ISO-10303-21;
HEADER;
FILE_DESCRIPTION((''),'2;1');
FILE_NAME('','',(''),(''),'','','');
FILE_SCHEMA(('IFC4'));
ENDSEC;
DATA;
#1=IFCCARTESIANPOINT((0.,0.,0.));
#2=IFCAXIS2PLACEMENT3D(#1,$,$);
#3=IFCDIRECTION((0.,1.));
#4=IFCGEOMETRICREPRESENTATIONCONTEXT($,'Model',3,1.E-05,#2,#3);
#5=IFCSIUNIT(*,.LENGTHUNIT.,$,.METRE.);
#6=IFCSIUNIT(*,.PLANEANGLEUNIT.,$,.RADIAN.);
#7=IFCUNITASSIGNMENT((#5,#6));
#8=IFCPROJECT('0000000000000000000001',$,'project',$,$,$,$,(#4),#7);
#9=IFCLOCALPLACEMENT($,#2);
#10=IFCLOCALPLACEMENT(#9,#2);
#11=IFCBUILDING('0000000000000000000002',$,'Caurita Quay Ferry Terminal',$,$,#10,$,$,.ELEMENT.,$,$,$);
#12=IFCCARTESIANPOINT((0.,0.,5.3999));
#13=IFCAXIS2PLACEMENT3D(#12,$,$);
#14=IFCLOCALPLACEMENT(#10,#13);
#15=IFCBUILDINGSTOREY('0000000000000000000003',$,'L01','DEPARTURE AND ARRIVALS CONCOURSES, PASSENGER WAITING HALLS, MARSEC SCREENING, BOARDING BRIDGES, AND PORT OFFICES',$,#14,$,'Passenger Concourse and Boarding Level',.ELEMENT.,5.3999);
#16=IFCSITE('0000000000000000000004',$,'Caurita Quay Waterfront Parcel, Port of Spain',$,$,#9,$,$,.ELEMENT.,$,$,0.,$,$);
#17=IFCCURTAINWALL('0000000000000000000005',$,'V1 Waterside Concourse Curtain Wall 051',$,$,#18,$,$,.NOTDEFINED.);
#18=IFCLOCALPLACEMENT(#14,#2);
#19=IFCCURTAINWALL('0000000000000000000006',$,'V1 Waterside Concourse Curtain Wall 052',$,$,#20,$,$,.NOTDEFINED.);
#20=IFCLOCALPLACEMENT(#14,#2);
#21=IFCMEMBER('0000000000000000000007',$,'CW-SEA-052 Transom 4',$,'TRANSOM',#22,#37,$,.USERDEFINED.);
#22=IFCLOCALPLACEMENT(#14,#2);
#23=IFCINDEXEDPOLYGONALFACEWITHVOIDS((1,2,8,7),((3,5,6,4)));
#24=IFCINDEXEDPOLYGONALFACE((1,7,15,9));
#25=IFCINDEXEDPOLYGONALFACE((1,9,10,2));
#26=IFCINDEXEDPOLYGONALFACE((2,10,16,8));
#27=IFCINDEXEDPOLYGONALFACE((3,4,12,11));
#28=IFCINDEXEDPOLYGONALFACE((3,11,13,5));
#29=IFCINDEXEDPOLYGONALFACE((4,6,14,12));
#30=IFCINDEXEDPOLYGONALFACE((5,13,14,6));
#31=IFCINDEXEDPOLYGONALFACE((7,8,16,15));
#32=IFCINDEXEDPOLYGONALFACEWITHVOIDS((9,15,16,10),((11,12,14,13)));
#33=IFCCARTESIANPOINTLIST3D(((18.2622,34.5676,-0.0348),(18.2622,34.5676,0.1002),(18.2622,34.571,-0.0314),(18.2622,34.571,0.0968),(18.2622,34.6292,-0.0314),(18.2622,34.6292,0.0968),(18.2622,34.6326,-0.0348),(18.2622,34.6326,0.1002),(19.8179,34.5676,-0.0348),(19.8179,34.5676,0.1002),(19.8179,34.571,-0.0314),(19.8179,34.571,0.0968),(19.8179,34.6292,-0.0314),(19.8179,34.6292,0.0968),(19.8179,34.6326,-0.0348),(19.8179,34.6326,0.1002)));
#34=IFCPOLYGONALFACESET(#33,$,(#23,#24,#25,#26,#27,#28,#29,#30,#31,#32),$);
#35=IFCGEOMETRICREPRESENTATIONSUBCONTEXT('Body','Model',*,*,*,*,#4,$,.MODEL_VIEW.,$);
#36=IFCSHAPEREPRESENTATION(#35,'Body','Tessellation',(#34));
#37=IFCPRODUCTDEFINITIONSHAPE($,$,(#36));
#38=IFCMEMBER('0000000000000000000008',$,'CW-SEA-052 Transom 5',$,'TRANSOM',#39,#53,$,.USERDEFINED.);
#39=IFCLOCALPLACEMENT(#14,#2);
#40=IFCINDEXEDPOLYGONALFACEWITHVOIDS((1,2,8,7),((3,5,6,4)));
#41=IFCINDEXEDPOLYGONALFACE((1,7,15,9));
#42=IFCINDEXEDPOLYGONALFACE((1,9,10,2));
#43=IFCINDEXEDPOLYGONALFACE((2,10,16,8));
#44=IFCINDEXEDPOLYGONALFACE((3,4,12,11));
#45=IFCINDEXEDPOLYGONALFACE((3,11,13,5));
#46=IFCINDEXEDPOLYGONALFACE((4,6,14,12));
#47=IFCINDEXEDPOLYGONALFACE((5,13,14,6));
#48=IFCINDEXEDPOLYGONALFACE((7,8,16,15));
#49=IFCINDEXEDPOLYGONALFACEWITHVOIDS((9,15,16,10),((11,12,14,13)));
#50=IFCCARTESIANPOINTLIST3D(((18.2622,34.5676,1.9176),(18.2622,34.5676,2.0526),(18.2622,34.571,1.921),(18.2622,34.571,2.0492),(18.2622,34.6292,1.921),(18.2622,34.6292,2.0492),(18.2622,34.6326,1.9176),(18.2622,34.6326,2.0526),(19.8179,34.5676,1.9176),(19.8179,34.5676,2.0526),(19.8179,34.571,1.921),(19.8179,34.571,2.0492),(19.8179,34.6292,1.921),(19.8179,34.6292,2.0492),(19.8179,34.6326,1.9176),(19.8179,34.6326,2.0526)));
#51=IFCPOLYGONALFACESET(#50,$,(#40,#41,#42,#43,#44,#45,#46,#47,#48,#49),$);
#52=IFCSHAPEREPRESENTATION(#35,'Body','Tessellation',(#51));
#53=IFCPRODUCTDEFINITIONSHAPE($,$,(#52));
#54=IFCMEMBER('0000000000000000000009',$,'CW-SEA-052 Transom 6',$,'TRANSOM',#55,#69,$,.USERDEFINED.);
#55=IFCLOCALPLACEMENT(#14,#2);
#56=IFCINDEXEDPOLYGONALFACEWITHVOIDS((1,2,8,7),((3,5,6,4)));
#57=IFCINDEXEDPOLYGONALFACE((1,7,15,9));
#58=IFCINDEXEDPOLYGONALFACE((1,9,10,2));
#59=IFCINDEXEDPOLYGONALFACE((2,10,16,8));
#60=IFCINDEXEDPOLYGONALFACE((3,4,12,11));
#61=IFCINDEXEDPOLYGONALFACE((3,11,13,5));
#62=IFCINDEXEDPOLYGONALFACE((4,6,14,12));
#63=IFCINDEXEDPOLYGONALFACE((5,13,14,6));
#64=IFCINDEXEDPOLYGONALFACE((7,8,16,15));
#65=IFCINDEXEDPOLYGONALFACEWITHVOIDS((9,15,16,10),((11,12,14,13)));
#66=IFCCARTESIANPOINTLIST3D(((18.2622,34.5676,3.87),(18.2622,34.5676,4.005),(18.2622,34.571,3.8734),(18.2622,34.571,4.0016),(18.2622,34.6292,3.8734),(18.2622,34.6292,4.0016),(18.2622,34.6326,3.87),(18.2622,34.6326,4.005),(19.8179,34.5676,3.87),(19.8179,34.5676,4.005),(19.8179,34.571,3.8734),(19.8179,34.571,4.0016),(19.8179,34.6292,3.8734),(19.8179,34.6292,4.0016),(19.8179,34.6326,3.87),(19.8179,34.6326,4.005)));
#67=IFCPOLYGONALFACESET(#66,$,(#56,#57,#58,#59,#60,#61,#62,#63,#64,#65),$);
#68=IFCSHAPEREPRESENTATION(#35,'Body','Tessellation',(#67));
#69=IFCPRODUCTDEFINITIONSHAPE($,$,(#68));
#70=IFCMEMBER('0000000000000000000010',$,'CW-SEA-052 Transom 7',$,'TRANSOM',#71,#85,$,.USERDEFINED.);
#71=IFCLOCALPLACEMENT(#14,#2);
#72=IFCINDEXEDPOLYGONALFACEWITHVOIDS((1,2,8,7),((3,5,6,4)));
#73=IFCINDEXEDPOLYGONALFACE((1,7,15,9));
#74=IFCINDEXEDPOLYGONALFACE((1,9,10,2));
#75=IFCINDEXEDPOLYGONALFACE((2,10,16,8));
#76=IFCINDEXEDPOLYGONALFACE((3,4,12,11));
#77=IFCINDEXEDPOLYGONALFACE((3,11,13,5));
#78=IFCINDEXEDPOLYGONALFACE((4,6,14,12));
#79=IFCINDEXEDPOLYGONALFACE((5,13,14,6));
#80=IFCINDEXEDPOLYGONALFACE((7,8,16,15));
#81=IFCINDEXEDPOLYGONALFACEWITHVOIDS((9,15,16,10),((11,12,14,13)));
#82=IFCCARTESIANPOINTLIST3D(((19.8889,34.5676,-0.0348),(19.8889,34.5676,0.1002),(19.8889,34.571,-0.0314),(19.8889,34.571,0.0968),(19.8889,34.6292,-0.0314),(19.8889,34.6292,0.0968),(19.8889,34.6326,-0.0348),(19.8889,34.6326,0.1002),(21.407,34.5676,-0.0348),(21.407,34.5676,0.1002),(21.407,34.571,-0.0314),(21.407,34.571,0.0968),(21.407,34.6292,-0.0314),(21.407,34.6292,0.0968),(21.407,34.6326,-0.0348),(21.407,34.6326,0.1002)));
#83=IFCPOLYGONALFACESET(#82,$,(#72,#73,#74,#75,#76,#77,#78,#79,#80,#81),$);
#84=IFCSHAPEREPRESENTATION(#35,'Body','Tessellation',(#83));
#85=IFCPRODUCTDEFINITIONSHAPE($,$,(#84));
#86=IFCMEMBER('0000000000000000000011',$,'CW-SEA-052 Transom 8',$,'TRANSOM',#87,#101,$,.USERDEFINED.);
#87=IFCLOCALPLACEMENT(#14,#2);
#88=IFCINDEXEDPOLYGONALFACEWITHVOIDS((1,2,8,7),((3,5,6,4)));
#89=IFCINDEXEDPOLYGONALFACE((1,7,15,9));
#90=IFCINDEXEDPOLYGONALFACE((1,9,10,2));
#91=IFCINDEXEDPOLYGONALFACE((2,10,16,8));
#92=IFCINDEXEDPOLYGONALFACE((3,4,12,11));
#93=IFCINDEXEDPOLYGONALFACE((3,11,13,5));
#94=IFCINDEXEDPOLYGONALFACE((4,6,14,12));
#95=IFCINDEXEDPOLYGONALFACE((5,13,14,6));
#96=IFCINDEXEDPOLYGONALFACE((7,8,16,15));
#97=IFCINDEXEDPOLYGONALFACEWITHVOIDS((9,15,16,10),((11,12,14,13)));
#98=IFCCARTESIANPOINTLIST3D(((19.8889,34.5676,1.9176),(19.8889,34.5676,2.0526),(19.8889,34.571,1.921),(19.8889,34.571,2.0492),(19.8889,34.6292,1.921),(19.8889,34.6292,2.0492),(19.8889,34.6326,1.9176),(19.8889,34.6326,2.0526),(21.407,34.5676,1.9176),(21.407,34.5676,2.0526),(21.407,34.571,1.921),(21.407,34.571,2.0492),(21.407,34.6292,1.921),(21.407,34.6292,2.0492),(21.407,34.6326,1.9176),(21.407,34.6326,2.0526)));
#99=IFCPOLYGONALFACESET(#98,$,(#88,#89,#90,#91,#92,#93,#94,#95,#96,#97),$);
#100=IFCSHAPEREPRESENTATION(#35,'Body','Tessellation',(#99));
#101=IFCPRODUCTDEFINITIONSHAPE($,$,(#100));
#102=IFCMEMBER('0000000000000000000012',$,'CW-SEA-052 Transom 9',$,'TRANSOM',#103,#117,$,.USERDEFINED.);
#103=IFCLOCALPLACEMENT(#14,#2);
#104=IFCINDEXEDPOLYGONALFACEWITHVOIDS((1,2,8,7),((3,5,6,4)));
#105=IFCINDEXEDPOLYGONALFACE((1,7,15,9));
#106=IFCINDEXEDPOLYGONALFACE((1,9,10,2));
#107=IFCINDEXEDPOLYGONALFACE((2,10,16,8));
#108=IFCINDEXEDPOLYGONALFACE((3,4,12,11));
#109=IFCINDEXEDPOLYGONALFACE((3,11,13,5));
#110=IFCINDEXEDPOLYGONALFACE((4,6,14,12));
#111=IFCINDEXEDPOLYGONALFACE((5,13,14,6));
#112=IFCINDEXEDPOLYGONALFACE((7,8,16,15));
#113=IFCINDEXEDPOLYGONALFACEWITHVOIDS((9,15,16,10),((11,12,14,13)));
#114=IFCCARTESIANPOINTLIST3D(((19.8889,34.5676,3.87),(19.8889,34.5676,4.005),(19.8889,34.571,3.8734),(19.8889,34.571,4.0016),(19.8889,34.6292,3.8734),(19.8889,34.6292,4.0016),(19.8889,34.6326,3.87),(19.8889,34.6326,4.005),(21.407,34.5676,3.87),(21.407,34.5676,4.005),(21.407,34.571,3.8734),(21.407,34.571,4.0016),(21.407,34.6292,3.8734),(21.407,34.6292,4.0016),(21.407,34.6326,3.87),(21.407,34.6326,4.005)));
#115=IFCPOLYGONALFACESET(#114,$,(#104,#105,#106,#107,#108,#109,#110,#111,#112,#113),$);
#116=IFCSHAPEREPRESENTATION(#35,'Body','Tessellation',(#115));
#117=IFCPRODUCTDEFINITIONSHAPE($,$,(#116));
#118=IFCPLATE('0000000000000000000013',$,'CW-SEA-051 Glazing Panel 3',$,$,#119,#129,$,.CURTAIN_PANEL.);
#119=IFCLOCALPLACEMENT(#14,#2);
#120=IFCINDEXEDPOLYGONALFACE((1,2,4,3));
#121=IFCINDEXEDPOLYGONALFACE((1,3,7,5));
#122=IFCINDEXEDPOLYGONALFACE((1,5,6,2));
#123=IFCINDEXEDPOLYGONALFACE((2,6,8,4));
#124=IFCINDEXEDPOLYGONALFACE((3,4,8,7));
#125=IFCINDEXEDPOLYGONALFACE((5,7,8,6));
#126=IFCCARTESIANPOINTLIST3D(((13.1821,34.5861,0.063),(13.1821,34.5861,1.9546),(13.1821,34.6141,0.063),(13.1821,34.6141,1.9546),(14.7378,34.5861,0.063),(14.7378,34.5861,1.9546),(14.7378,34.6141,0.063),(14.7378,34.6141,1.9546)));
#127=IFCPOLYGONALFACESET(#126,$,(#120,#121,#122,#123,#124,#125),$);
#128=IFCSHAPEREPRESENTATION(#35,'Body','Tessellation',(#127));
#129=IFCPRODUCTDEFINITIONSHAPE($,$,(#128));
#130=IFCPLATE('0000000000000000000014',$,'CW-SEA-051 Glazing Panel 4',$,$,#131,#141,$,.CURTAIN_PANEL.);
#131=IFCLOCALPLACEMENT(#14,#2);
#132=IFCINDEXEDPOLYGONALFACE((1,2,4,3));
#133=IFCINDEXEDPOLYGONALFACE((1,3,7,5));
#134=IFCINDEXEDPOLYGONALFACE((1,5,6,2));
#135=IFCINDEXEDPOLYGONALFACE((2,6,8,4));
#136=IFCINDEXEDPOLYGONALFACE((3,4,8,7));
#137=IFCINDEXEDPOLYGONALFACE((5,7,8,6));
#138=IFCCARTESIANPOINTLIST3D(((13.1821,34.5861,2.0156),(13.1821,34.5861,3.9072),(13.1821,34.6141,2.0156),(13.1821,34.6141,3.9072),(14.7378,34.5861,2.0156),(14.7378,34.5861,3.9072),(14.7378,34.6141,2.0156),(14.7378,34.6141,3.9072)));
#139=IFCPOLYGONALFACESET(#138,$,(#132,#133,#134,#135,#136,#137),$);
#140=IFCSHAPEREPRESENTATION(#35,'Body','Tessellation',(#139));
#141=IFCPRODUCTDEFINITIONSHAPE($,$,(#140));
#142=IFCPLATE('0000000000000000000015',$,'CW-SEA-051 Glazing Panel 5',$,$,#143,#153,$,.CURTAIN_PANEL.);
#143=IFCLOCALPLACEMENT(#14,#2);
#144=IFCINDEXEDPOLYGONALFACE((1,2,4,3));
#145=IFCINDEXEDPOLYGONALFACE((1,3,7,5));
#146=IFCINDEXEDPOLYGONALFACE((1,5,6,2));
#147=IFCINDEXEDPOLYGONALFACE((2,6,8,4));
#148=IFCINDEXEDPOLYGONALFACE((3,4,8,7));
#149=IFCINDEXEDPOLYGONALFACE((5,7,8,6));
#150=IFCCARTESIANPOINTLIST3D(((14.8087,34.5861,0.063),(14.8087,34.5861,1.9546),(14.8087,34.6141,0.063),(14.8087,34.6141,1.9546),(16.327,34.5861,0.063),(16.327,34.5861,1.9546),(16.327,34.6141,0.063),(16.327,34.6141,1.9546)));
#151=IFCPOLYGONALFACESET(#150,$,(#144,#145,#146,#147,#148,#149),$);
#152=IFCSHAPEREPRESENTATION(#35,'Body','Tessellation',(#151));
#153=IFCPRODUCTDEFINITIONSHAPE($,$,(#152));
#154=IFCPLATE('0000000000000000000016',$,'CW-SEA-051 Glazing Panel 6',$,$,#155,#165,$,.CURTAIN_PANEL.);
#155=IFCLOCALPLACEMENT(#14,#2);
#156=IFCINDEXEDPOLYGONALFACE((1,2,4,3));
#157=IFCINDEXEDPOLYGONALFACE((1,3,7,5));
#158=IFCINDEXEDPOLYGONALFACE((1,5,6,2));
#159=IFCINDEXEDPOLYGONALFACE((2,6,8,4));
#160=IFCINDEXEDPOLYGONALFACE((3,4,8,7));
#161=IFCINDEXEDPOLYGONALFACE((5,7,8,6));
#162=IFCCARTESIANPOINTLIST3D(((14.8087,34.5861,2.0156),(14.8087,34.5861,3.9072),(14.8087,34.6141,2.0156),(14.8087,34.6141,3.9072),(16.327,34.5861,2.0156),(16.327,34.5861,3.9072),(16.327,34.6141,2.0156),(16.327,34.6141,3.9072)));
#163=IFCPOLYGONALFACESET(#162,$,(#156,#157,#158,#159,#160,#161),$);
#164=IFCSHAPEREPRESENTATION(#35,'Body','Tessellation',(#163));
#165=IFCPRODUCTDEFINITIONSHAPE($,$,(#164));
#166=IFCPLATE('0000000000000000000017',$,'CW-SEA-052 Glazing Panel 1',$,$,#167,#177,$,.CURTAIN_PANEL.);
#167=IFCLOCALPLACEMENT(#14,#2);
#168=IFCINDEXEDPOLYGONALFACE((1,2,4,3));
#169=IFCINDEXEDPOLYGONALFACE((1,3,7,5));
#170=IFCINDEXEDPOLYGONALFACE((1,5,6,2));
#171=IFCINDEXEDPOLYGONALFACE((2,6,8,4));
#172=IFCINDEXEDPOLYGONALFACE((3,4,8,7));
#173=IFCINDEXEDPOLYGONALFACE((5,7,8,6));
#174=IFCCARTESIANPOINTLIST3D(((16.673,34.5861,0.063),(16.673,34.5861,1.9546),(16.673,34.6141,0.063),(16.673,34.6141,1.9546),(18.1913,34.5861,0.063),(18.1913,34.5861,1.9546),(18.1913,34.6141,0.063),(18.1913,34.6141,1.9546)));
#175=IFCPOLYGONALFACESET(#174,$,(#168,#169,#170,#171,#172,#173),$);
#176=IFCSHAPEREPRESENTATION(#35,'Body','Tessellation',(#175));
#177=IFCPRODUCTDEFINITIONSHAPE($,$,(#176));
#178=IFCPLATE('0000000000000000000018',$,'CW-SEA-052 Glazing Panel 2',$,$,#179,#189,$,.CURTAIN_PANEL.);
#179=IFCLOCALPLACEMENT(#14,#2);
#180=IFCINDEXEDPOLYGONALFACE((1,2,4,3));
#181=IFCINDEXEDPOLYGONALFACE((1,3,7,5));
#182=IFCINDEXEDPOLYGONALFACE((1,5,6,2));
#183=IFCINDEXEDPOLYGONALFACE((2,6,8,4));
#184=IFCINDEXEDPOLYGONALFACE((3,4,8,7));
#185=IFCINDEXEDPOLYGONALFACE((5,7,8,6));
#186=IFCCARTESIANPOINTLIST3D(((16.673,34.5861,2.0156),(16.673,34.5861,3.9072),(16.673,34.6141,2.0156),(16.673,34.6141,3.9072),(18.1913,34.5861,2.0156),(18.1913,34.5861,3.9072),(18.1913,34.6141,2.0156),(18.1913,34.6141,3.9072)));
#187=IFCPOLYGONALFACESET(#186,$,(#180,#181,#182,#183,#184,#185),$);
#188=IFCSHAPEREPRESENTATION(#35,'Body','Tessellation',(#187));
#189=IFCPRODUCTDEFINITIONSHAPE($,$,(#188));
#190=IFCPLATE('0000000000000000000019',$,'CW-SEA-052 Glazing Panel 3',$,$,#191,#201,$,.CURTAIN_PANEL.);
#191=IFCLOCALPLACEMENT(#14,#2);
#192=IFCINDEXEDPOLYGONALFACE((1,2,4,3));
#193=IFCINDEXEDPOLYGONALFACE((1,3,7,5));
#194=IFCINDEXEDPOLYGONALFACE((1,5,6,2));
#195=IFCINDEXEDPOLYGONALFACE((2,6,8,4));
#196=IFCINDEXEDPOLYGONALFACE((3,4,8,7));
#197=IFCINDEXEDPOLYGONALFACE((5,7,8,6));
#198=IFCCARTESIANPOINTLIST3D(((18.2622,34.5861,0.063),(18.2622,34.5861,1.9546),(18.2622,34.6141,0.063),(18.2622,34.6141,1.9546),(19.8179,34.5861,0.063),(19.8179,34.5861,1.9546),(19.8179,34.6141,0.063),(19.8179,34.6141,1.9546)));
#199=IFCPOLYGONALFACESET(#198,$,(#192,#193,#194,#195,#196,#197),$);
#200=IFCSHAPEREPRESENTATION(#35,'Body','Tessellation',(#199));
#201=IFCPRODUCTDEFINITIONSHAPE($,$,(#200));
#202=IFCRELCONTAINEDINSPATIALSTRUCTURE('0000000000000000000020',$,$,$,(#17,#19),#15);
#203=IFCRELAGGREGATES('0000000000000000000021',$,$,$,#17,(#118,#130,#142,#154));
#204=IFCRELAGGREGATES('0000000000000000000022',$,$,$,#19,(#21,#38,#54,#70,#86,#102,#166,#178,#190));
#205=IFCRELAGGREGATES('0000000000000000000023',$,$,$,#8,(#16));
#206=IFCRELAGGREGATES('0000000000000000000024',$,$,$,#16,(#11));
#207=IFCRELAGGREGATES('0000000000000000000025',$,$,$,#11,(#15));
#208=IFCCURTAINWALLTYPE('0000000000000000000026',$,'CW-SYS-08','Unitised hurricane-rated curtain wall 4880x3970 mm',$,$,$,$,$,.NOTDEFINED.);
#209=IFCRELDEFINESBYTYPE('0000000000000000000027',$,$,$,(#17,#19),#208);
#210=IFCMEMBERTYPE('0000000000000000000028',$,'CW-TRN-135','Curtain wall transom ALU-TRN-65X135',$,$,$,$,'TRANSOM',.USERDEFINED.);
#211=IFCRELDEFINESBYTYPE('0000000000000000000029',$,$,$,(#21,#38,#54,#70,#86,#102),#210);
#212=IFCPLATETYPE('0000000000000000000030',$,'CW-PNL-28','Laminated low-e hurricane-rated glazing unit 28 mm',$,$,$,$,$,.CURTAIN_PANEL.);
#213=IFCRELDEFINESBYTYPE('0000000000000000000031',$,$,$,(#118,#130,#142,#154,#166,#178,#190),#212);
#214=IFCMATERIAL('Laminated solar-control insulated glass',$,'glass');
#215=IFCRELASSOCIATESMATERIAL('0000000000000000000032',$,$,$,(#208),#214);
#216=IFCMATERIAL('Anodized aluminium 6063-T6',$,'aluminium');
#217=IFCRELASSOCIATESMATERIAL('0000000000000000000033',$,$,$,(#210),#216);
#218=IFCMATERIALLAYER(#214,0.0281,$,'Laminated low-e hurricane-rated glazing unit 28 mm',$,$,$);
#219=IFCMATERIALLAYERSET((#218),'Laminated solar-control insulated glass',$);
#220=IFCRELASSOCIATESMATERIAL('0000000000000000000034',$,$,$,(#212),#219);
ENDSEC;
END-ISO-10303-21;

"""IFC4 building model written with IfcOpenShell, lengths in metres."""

from ifc_helpers import new_model, si_unit, direction, frame, origin, origin_2d, place, context, subcontext, project, spatial, rectangle, hollow_rectangle, extrude, material, layer, layer_set, material_profile, profile_set, type_object, element, aggregate, save


model = new_model("IFC4")

# Units and contexts
model_context = context("Model", 3, precision=1e-05, world=origin(), true_north=direction((0.0, 1.0)))
body_context = subcontext(model_context, "Body", "Model", "MODEL_VIEW")
ifc_project = project(units=[si_unit("LENGTHUNIT", "METRE"), si_unit("PLANEANGLEUNIT", "RADIAN")], contexts=[model_context])

# Site, building, storey
site_placement = place(None, origin())
site = spatial("IfcSite", under=ifc_project, at=site_placement, Name="Caurita Quay Waterfront Parcel, Port of Spain", CompositionType="ELEMENT", RefElevation=0.0)
building_placement = place(site_placement, origin())
building = spatial("IfcBuilding", under=site, at=building_placement, Name="Caurita Quay Ferry Terminal", CompositionType="ELEMENT")
storey_placement = place(building_placement, frame((0.0, 0.0, 5.3999)))
storey = spatial("IfcBuildingStorey", under=building, at=storey_placement, Name="L01", Description="DEPARTURE AND ARRIVALS CONCOURSES, PASSENGER WAITING HALLS, MARSEC SCREENING, BOARDING BRIDGES, AND PORT OFFICES", LongName="Passenger Concourse and Boarding Level", CompositionType="ELEMENT", Elevation=5.3999)

# Curtain walls
ifc_material_1 = material(Name="Laminated solar-control insulated glass", Category="glass")
curtain_wall_type = type_object("IfcCurtainWallType", Name="CW-SYS-08", Description="Unitised hurricane-rated curtain wall 4880x3970 mm", PredefinedType="NOTDEFINED", material=ifc_material_1)
curtain_wall_1_placement = place(storey_placement, origin())
curtain_wall_1 = element("IfcCurtainWall", 1, at=curtain_wall_1_placement, inside=storey, type_object=curtain_wall_type, Name="V1 Waterside Concourse Curtain Wall 051", PredefinedType="NOTDEFINED")
ifc_material_2 = material(Name="Anodized aluminium 6063-T6", Category="aluminium")
curtain_wall_2_placement = place(storey_placement, origin())
curtain_wall_2 = element("IfcCurtainWall", 2, at=curtain_wall_2_placement, inside=storey, type_object=curtain_wall_type, Name="V1 Waterside Concourse Curtain Wall 052", PredefinedType="NOTDEFINED")

# Members
ifc_material_profile_1 = material_profile(ifc_material_2, hollow_rectangle(XDim=0.0649, YDim=0.135, WallThickness=0.0034, at=origin_2d()), Name="ALU-TRN-65X135")
ifc_profile_set_1 = profile_set([ifc_material_profile_1], Name="Anodized aluminium 6063-T6")
member_type_1 = type_object("IfcMemberType", Name="CW-TRN-135", Description="Curtain wall transom ALU-TRN-65X135", ElementType="TRANSOM", PredefinedType="USERDEFINED", material=ifc_profile_set_1)
member_1_placement = place(storey_placement, frame((18.2622, 34.6001, 0.0327), z_axis=(1.0, 0.0, 0.0), x_axis=(0.0, 1.0, 0.0)))
member_1 = element("IfcMember", 3, at=member_1_placement, type_object=member_type_1, Name="CW-SEA-052 Transom 4", ObjectType="TRANSOM", PredefinedType="USERDEFINED", context=body_context, shape_type="SweptSolid", body=[
    extrude(hollow_rectangle(XDim=0.0649, YDim=0.135, WallThickness=0.0034, at=origin_2d()), origin(), (0.0, 0.0, 1.0), 1.5557),
])
member_2_placement = place(storey_placement, frame((18.2622, 34.6001, 1.9851), z_axis=(1.0, 0.0, 0.0), x_axis=(0.0, 1.0, 0.0)))
member_2 = element("IfcMember", 4, at=member_2_placement, type_object=member_type_1, Name="CW-SEA-052 Transom 5", ObjectType="TRANSOM", PredefinedType="USERDEFINED", context=body_context, shape_type="SweptSolid", body=[
    extrude(hollow_rectangle(XDim=0.0649, YDim=0.135, WallThickness=0.0034, at=origin_2d()), origin(), (0.0, 0.0, 1.0), 1.5557),
])
member_3_placement = place(storey_placement, frame((18.2622, 34.6001, 3.9375), z_axis=(1.0, 0.0, 0.0), x_axis=(0.0, 1.0, 0.0)))
member_3 = element("IfcMember", 5, at=member_3_placement, type_object=member_type_1, Name="CW-SEA-052 Transom 6", ObjectType="TRANSOM", PredefinedType="USERDEFINED", context=body_context, shape_type="SweptSolid", body=[
    extrude(hollow_rectangle(XDim=0.0649, YDim=0.135, WallThickness=0.0034, at=origin_2d()), origin(), (0.0, 0.0, 1.0), 1.5557),
])
member_4_placement = place(storey_placement, frame((19.8889, 34.6001, 0.0327), z_axis=(1.0, 0.0, 0.0), x_axis=(0.0, 1.0, 0.0)))
member_4 = element("IfcMember", 6, at=member_4_placement, type_object=member_type_1, Name="CW-SEA-052 Transom 7", ObjectType="TRANSOM", PredefinedType="USERDEFINED", context=body_context, shape_type="SweptSolid", body=[
    extrude(hollow_rectangle(XDim=0.0649, YDim=0.135, WallThickness=0.0034, at=origin_2d()), origin(), (0.0, 0.0, 1.0), 1.5181),
])
member_5_placement = place(storey_placement, frame((19.8889, 34.6001, 1.9851), z_axis=(1.0, 0.0, 0.0), x_axis=(0.0, 1.0, 0.0)))
member_5 = element("IfcMember", 7, at=member_5_placement, type_object=member_type_1, Name="CW-SEA-052 Transom 8", ObjectType="TRANSOM", PredefinedType="USERDEFINED", context=body_context, shape_type="SweptSolid", body=[
    extrude(hollow_rectangle(XDim=0.0649, YDim=0.135, WallThickness=0.0034, at=origin_2d()), origin(), (0.0, 0.0, 1.0), 1.5181),
])
member_6_placement = place(storey_placement, frame((19.8889, 34.6001, 3.9375), z_axis=(1.0, 0.0, 0.0), x_axis=(0.0, 1.0, 0.0)))
member_6 = element("IfcMember", 8, at=member_6_placement, type_object=member_type_1, Name="CW-SEA-052 Transom 9", ObjectType="TRANSOM", PredefinedType="USERDEFINED", context=body_context, shape_type="SweptSolid", body=[
    extrude(hollow_rectangle(XDim=0.0649, YDim=0.135, WallThickness=0.0034, at=origin_2d()), origin(), (0.0, 0.0, 1.0), 1.5181),
])

# Plates
ifc_layer = layer(ifc_material_1, 0.0281, Name="Laminated low-e hurricane-rated glazing unit 28 mm")
ifc_layer_set = layer_set([ifc_layer], Name="Laminated solar-control insulated glass")
plate_type = type_object("IfcPlateType", Name="CW-PNL-28", Description="Laminated low-e hurricane-rated glazing unit 28 mm", PredefinedType="CURTAIN_PANEL", material=ifc_layer_set)
plate_1_placement = place(storey_placement, frame((13.96, 34.6001, 0.063), z_axis=(0.0, 0.0, 1.0), x_axis=(1.0, 0.0, 0.0)))
plate_1 = element("IfcPlate", 9, at=plate_1_placement, type_object=plate_type, Name="CW-SEA-051 Glazing Panel 3", PredefinedType="CURTAIN_PANEL", context=body_context, shape_type="SweptSolid", body=[
    extrude(rectangle(XDim=1.5557, YDim=0.0281, at=origin_2d()), origin(), (0.0, 0.0, 1.0), 1.8916),
])
plate_2_placement = place(storey_placement, frame((13.96, 34.6001, 2.0156), z_axis=(0.0, 0.0, 1.0), x_axis=(1.0, 0.0, 0.0)))
plate_2 = element("IfcPlate", 10, at=plate_2_placement, type_object=plate_type, Name="CW-SEA-051 Glazing Panel 4", PredefinedType="CURTAIN_PANEL", context=body_context, shape_type="SweptSolid", body=[
    extrude(rectangle(XDim=1.5557, YDim=0.0281, at=origin_2d()), origin(), (0.0, 0.0, 1.0), 1.8916),
])
plate_3_placement = place(storey_placement, frame((15.5679, 34.6001, 0.063), z_axis=(0.0, 0.0, 1.0), x_axis=(1.0, 0.0, 0.0)))
plate_3 = element("IfcPlate", 11, at=plate_3_placement, type_object=plate_type, Name="CW-SEA-051 Glazing Panel 5", PredefinedType="CURTAIN_PANEL", context=body_context, shape_type="SweptSolid", body=[
    extrude(rectangle(XDim=1.5183, YDim=0.0281, at=origin_2d()), origin(), (0.0, 0.0, 1.0), 1.8916),
])
plate_4_placement = place(storey_placement, frame((15.5679, 34.6001, 2.0156), z_axis=(0.0, 0.0, 1.0), x_axis=(1.0, 0.0, 0.0)))
plate_4 = element("IfcPlate", 12, at=plate_4_placement, type_object=plate_type, Name="CW-SEA-051 Glazing Panel 6", PredefinedType="CURTAIN_PANEL", context=body_context, shape_type="SweptSolid", body=[
    extrude(rectangle(XDim=1.5183, YDim=0.0281, at=origin_2d()), origin(), (0.0, 0.0, 1.0), 1.8916),
])
aggregate(curtain_wall_1, [plate_1, plate_2, plate_3, plate_4])
plate_5_placement = place(storey_placement, frame((17.4321, 34.6001, 0.063), z_axis=(0.0, 0.0, 1.0), x_axis=(1.0, 0.0, 0.0)))
plate_5 = element("IfcPlate", 13, at=plate_5_placement, type_object=plate_type, Name="CW-SEA-052 Glazing Panel 1", PredefinedType="CURTAIN_PANEL", context=body_context, shape_type="SweptSolid", body=[
    extrude(rectangle(XDim=1.5183, YDim=0.0281, at=origin_2d()), origin(), (0.0, 0.0, 1.0), 1.8916),
])
plate_6_placement = place(storey_placement, frame((17.4321, 34.6001, 2.0156), z_axis=(0.0, 0.0, 1.0), x_axis=(1.0, 0.0, 0.0)))
plate_6 = element("IfcPlate", 14, at=plate_6_placement, type_object=plate_type, Name="CW-SEA-052 Glazing Panel 2", PredefinedType="CURTAIN_PANEL", context=body_context, shape_type="SweptSolid", body=[
    extrude(rectangle(XDim=1.5183, YDim=0.0281, at=origin_2d()), origin(), (0.0, 0.0, 1.0), 1.8916),
])
plate_7_placement = place(storey_placement, frame((19.04, 34.6001, 0.063), z_axis=(0.0, 0.0, 1.0), x_axis=(1.0, 0.0, 0.0)))
plate_7 = element("IfcPlate", 15, at=plate_7_placement, type_object=plate_type, Name="CW-SEA-052 Glazing Panel 3", PredefinedType="CURTAIN_PANEL", context=body_context, shape_type="SweptSolid", body=[
    extrude(rectangle(XDim=1.5557, YDim=0.0281, at=origin_2d()), origin(), (0.0, 0.0, 1.0), 1.8916),
])
aggregate(curtain_wall_2, [member_1, member_2, member_3, member_4, member_5, member_6, plate_5, plate_6, plate_7])

save(model, "model.ifc")
